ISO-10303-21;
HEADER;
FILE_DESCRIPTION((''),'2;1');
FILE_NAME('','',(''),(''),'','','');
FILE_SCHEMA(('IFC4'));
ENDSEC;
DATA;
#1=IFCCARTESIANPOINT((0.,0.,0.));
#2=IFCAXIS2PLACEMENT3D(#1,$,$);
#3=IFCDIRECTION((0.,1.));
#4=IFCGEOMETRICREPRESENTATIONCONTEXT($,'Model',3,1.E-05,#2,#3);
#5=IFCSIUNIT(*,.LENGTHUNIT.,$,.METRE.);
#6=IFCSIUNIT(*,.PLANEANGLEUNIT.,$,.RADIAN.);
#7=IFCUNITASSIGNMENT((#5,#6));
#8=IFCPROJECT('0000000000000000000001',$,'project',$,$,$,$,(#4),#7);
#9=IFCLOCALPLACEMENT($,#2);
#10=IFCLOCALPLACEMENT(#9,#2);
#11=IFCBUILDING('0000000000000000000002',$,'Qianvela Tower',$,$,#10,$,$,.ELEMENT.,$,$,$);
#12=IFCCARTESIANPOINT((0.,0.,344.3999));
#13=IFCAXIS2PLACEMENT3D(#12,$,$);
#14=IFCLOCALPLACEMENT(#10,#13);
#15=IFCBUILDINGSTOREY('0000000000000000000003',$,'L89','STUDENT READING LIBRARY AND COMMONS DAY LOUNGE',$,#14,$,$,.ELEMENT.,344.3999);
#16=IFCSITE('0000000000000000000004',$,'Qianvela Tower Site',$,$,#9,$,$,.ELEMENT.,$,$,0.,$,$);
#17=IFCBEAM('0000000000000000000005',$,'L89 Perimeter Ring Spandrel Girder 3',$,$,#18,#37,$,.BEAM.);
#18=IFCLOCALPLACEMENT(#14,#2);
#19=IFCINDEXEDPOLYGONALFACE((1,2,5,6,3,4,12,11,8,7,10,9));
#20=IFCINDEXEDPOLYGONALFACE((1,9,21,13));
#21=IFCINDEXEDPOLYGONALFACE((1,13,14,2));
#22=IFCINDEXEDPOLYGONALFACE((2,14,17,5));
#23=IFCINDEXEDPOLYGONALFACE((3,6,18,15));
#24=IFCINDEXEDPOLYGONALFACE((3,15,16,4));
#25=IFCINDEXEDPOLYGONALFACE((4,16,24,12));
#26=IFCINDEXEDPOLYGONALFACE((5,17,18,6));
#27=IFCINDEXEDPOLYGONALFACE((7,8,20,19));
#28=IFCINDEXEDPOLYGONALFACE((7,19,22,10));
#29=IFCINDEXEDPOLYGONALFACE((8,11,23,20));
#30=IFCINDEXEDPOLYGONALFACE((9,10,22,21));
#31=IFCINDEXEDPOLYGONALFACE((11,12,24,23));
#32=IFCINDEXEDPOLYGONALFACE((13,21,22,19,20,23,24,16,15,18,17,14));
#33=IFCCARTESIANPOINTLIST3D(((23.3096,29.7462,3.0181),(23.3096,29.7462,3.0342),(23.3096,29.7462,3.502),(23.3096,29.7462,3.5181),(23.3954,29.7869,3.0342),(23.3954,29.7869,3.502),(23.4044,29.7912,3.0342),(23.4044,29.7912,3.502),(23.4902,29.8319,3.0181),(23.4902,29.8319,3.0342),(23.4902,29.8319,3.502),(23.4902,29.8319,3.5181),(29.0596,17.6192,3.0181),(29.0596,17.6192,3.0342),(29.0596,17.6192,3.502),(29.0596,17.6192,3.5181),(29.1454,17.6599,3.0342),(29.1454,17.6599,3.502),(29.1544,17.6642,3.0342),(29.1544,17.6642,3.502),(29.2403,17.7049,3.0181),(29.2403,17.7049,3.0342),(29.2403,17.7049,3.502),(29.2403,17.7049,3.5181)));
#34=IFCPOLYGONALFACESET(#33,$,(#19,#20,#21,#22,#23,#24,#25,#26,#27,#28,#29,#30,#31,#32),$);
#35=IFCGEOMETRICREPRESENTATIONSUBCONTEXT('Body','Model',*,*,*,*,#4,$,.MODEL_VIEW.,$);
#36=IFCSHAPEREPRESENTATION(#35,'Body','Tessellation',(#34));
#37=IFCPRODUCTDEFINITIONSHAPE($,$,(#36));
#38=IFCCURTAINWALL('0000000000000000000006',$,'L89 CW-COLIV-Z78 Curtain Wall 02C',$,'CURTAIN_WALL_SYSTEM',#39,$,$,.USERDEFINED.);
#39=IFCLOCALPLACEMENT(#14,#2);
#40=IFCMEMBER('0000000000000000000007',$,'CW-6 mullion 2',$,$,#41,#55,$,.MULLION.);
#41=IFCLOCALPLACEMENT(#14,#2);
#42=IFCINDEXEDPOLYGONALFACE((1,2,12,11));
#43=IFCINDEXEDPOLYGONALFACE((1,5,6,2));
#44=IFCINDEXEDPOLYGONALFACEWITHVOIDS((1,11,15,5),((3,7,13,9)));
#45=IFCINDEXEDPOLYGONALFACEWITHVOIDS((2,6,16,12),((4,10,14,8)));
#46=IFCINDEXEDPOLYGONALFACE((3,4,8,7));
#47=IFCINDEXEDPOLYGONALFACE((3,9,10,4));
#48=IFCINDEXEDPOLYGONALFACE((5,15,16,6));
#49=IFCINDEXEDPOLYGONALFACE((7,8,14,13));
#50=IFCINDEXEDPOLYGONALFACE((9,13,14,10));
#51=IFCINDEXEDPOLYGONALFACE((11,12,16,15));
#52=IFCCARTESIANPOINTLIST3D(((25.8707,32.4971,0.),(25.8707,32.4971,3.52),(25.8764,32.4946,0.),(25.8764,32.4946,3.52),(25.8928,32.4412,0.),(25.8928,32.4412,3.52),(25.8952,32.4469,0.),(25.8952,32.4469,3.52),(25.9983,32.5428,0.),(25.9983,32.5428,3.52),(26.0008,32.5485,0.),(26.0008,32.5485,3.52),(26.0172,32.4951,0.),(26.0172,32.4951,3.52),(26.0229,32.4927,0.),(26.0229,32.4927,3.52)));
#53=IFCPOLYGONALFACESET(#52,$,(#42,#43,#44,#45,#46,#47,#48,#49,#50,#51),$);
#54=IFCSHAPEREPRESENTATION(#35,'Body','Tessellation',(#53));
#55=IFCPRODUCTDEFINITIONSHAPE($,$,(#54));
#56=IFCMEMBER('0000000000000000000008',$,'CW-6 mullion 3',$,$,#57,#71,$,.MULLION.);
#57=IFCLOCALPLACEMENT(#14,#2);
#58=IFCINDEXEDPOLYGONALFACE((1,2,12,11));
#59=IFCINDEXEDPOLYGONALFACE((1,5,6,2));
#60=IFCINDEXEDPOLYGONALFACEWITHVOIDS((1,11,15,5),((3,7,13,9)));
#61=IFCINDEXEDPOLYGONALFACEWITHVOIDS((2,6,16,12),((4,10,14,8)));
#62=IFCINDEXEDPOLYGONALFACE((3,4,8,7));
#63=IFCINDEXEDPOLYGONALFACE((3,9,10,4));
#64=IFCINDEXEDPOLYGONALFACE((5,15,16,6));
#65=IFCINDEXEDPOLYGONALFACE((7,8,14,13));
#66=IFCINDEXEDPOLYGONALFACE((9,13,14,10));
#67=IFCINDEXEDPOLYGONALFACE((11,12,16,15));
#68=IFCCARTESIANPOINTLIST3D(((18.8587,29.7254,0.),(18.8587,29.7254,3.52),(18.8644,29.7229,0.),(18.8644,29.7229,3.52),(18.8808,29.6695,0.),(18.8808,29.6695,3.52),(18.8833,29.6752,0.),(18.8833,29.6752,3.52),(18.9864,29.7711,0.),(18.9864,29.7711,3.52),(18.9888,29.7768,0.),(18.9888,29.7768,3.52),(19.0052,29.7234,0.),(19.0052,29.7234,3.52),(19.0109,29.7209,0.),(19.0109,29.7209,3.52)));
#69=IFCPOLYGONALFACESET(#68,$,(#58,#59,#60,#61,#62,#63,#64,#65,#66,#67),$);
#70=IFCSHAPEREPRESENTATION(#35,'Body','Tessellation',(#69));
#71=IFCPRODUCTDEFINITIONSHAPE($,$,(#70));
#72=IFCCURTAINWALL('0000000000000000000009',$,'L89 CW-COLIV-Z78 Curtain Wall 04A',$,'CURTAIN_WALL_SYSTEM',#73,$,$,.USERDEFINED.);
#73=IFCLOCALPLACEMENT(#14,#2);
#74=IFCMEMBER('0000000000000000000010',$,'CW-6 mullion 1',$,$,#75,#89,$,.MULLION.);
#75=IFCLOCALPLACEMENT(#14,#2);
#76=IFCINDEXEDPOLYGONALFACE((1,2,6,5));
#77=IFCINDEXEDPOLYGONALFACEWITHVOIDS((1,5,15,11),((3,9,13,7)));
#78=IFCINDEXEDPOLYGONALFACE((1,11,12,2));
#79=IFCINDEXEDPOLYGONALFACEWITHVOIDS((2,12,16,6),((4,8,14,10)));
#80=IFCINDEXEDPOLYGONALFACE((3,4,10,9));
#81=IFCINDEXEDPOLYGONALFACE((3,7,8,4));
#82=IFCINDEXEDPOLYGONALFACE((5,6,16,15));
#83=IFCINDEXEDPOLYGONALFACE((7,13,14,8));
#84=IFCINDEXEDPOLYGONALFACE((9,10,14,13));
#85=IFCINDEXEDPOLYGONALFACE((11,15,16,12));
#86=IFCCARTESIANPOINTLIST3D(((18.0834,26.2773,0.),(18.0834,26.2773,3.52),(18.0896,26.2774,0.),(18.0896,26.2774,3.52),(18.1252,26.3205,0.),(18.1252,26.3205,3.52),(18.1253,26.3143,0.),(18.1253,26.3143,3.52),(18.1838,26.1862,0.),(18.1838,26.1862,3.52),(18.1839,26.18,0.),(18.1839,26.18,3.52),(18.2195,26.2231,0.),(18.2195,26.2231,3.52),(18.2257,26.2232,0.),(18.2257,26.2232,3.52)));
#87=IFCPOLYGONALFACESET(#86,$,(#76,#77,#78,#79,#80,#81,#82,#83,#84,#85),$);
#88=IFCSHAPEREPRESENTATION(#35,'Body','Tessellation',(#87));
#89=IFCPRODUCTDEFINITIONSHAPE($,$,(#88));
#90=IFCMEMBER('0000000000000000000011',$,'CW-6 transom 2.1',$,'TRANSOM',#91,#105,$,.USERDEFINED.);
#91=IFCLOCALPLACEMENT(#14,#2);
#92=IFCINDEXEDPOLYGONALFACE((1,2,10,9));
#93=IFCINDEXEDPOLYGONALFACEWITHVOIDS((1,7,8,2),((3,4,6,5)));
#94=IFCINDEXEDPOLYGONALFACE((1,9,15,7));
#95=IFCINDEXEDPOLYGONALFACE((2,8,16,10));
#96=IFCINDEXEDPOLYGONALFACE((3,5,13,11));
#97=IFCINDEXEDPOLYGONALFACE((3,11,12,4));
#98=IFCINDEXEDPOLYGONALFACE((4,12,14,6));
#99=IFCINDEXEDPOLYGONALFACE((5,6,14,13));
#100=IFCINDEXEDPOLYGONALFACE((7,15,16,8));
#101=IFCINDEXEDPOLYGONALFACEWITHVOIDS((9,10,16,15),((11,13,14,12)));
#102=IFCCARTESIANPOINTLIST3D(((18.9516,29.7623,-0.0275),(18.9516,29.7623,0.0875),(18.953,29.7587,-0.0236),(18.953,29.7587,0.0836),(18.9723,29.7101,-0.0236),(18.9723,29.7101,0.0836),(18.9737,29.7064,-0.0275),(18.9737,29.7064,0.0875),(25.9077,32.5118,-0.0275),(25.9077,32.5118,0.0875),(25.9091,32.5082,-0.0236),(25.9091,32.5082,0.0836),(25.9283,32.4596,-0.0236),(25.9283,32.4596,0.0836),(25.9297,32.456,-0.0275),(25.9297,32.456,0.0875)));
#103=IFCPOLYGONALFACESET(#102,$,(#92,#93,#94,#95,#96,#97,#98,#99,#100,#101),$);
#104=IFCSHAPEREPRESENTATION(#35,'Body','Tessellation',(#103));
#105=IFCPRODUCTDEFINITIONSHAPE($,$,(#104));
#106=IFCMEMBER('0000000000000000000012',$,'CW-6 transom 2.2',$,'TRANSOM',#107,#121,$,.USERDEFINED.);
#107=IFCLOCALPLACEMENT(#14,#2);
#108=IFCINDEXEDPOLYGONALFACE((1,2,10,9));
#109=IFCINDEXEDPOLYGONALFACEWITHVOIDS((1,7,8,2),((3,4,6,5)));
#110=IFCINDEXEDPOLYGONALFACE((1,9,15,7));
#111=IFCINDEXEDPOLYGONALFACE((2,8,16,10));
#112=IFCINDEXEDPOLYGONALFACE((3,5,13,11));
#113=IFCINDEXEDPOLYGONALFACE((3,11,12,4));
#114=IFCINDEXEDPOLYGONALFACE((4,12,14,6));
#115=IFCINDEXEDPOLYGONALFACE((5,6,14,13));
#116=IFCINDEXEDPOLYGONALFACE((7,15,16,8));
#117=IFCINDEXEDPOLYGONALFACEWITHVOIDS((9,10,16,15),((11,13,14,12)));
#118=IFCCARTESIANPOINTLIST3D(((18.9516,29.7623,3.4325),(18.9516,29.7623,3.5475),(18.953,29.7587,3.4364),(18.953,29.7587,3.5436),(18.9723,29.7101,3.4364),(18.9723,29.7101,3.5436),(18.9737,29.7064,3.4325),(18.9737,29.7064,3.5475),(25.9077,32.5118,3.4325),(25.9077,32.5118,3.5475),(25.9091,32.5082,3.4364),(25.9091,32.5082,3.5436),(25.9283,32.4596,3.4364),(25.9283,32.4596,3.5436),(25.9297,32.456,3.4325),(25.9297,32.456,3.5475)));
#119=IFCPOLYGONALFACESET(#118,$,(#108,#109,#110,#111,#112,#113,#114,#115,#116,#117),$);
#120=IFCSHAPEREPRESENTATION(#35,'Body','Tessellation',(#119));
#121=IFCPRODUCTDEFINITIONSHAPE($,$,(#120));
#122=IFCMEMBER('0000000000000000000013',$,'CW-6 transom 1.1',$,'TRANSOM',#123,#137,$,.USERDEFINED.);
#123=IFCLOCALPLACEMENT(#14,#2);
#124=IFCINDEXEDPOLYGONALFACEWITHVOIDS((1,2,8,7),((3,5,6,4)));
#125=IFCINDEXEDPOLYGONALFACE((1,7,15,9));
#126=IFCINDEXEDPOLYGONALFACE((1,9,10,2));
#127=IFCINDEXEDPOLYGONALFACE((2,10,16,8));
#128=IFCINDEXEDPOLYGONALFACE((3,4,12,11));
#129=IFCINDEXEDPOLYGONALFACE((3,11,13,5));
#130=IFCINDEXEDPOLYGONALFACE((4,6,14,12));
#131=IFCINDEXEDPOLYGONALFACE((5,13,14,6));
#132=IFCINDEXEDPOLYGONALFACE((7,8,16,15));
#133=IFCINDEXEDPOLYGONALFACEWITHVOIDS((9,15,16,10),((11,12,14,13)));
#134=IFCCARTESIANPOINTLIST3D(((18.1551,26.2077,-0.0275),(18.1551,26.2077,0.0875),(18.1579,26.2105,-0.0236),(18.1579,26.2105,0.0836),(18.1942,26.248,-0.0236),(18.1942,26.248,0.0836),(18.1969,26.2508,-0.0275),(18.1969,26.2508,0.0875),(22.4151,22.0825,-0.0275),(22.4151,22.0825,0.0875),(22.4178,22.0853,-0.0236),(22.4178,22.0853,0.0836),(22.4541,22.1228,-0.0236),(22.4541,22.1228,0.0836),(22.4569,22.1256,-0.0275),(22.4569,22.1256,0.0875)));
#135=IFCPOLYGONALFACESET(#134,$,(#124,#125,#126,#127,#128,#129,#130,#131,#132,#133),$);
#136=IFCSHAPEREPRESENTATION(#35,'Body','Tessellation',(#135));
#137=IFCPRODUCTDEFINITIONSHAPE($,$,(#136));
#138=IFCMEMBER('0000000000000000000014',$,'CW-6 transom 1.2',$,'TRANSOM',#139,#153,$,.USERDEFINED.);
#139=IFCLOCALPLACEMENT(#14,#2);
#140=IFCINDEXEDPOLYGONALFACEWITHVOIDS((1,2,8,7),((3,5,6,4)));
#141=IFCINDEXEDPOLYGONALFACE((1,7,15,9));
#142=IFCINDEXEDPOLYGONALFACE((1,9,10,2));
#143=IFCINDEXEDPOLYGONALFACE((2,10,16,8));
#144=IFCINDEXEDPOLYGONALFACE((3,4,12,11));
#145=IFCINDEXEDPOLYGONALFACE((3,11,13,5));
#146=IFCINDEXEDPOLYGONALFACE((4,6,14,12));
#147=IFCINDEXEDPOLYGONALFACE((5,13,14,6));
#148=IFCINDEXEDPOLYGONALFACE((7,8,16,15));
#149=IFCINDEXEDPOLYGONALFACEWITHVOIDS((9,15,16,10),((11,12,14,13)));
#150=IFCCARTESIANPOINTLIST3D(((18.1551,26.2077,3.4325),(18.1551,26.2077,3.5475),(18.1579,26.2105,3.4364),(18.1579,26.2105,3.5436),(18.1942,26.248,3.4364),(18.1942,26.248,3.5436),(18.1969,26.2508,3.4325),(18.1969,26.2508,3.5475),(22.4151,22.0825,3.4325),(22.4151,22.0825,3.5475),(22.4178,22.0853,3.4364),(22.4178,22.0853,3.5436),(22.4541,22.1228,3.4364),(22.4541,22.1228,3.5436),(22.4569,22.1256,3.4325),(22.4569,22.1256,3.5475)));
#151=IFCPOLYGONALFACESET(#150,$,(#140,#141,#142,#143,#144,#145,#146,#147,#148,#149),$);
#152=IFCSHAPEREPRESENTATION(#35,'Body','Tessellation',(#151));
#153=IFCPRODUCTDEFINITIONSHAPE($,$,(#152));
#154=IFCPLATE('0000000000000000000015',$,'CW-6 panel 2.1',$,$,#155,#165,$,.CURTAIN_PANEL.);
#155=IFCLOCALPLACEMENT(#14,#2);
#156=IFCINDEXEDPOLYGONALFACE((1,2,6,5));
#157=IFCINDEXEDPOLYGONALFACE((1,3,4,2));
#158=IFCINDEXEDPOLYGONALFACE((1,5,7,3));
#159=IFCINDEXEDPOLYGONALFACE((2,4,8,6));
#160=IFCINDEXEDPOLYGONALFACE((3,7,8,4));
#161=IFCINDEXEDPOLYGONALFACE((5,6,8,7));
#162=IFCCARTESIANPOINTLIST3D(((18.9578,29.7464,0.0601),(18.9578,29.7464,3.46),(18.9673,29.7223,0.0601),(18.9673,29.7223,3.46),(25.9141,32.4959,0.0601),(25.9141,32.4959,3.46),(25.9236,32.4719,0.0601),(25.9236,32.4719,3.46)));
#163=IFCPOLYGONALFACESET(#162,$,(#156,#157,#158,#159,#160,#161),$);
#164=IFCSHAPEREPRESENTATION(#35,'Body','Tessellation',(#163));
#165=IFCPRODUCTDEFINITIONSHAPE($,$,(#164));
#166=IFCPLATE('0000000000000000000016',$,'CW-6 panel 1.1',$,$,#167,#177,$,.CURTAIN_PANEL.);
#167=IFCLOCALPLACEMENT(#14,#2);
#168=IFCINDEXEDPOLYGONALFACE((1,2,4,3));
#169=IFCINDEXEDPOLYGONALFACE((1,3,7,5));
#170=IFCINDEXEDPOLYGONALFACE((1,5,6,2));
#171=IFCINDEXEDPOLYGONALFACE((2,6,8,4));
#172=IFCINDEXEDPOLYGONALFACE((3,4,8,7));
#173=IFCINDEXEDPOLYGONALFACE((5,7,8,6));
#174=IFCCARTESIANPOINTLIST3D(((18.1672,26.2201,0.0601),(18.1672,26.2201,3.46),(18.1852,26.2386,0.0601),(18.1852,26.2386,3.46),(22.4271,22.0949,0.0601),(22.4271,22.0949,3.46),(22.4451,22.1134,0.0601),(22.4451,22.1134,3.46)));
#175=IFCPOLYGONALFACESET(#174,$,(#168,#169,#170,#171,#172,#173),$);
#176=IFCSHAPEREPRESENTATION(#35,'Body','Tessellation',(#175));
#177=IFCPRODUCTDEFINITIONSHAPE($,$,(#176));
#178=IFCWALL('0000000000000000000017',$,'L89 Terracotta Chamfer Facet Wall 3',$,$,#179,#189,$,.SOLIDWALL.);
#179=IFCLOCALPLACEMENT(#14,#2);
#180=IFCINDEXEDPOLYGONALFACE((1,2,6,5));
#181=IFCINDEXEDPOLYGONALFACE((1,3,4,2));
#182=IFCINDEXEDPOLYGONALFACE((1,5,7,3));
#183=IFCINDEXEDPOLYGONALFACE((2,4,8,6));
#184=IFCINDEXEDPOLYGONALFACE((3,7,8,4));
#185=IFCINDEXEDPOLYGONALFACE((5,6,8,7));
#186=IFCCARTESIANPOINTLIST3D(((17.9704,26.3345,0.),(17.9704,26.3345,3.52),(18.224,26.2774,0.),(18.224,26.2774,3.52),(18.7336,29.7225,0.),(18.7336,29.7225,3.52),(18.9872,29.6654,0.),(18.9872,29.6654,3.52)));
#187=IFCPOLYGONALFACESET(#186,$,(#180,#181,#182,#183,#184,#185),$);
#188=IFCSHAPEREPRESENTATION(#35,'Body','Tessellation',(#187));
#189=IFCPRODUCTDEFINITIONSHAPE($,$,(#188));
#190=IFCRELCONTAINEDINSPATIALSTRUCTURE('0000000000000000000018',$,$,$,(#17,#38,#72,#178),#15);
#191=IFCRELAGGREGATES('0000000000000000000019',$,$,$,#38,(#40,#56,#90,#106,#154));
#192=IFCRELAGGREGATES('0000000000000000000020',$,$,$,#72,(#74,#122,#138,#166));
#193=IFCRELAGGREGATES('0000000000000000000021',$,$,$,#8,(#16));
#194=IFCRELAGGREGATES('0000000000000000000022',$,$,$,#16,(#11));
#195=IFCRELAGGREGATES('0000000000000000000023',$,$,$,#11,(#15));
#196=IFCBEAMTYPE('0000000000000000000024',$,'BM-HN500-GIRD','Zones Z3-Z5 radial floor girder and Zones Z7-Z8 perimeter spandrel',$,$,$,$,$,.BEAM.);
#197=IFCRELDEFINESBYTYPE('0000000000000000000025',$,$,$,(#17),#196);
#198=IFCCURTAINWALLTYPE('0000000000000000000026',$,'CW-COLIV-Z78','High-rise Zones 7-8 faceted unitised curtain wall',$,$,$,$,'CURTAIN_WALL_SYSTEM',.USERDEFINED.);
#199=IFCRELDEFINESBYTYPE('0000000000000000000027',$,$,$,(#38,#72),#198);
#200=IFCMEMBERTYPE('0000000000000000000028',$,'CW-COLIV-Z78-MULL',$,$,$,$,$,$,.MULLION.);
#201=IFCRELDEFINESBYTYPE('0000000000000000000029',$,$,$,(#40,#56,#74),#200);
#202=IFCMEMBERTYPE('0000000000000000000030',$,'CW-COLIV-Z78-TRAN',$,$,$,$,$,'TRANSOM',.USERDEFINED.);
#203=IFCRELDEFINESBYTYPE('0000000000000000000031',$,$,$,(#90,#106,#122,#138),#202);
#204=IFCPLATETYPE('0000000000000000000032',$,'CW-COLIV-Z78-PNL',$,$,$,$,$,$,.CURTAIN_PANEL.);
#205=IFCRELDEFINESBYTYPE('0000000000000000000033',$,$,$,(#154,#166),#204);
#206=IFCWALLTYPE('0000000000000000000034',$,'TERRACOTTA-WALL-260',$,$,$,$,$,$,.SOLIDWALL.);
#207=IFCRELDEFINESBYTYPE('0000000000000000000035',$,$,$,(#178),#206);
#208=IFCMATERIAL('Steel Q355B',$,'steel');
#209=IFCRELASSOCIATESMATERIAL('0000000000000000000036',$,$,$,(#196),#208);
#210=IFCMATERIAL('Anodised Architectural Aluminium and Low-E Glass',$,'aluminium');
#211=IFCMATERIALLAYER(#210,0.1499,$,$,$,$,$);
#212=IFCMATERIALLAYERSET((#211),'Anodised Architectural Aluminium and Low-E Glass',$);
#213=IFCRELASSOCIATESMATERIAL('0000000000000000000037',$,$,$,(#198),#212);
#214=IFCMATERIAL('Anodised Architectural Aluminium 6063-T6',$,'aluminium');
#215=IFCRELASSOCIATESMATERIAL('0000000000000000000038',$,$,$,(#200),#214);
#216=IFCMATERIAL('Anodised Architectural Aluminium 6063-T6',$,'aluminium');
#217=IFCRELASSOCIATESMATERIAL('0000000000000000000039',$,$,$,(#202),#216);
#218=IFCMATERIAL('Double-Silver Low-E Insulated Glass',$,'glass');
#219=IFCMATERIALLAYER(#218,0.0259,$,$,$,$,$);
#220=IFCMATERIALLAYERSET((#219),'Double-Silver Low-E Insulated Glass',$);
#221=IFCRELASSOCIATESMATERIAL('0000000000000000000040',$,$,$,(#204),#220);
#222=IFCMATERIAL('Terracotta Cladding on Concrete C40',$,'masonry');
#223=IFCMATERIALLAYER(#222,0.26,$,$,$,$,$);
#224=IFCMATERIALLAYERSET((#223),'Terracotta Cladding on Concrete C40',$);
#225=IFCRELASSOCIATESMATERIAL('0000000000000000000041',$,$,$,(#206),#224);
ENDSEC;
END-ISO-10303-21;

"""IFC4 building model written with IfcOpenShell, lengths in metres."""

from ifc_helpers import new_model, si_unit, direction, frame, frame_2d, origin, origin_2d, place, context, subcontext, project, spatial, rectangle, hollow_rectangle, i_section, extrude, material, layer, layer_set, material_profile, profile_set, type_object, element, aggregate, save


model = new_model("IFC4")

# Units and contexts
model_context = context("Model", 3, precision=1e-05, world=origin(), true_north=direction((0.0, 1.0)))
body_context = subcontext(model_context, "Body", "Model", "MODEL_VIEW")
ifc_project = project(units=[si_unit("LENGTHUNIT", "METRE"), si_unit("PLANEANGLEUNIT", "RADIAN")], contexts=[model_context])

# Site, building, storey
site_placement = place(None, origin())
site = spatial("IfcSite", under=ifc_project, at=site_placement, Name="Qianvela Tower Site", CompositionType="ELEMENT", RefElevation=0.0)
building_placement = place(site_placement, origin())
building = spatial("IfcBuilding", under=site, at=building_placement, Name="Qianvela Tower", CompositionType="ELEMENT")
storey_placement = place(building_placement, frame((0.0, 0.0, 344.3999)))
storey = spatial("IfcBuildingStorey", under=building, at=storey_placement, Name="L89", Description="STUDENT READING LIBRARY AND COMMONS DAY LOUNGE", CompositionType="ELEMENT", Elevation=344.3999)

# Beam
ifc_material_1 = material(Name="Steel Q355B", Category="steel")
ifc_material_profile_1 = material_profile(ifc_material_1, i_section(OverallWidth=0.2, OverallDepth=0.5, WebThickness=0.01, FlangeThickness=0.0161, at=origin_2d()), Name="HN500x200x10x16")
ifc_profile_set_1 = profile_set([ifc_material_profile_1], Name="Steel Q355B")
beam_type_1 = type_object("IfcBeamType", Name="BM-HN500-GIRD", Description="Zones Z3-Z5 radial floor girder and Zones Z7-Z8 perimeter spandrel", PredefinedType="BEAM", material=ifc_profile_set_1)
beam_1_placement = place(storey_placement, frame((23.3999, 29.7891, 3.2681), z_axis=(0.42843, -0.903575, 0.0), x_axis=(0.903575, 0.42843, 0.0)))
element("IfcBeam", 1, at=beam_1_placement, inside=storey, type_object=beam_type_1, Name="L89 Perimeter Ring Spandrel Girder 3", PredefinedType="BEAM", context=body_context, shape_type="SweptSolid", body=[
    extrude(i_section(OverallWidth=0.2, OverallDepth=0.5, WebThickness=0.01, FlangeThickness=0.0161, at=origin_2d()), origin(), (0.0, 0.0, 1.0), 13.4211),
])

# Curtain wall, members
ifc_material_2 = material(Name="Anodised Architectural Aluminium and Low-E Glass", Category="aluminium")
ifc_layer_1 = layer(ifc_material_2, 0.1499)
ifc_layer_set_1 = layer_set([ifc_layer_1], Name="Anodised Architectural Aluminium and Low-E Glass")
curtain_wall_type = type_object("IfcCurtainWallType", Name="CW-COLIV-Z78", Description="High-rise Zones 7-8 faceted unitised curtain wall", ElementType="CURTAIN_WALL_SYSTEM", PredefinedType="USERDEFINED", material=ifc_layer_set_1)
curtain_wall_1_placement = place(storey_placement, origin())
curtain_wall_1 = element("IfcCurtainWall", 2, at=curtain_wall_1_placement, inside=storey, type_object=curtain_wall_type, Name="L89 CW-COLIV-Z78 Curtain Wall 02C", ObjectType="CURTAIN_WALL_SYSTEM", PredefinedType="USERDEFINED")
ifc_material_3 = material(Name="Anodised Architectural Aluminium 6063-T6", Category="aluminium")
ifc_material_profile_2 = material_profile(ifc_material_3, hollow_rectangle(XDim=0.0601, YDim=0.1399, WallThickness=0.0044, at=origin_2d()), Name="ALU-MULL-60x140")
ifc_profile_set_2 = profile_set([ifc_material_profile_2], Name="Anodised Architectural Aluminium 6063-T6")
member_type_1 = type_object("IfcMemberType", Name="CW-COLIV-Z78-MULL", PredefinedType="MULLION", material=ifc_profile_set_2)
member_1_placement = place(storey_placement, frame((25.9468, 32.4949, 0.0), z_axis=(0.0, 0.0, 1.0), x_axis=(0.367588, -0.929989, 0.0)))
member_1 = element("IfcMember", 3, at=member_1_placement, type_object=member_type_1, Name="CW-6 mullion 2", PredefinedType="MULLION", context=body_context, shape_type="SweptSolid", body=[
    extrude(hollow_rectangle(XDim=0.0601, YDim=0.1399, WallThickness=0.0044, at=origin_2d()), origin(), (0.0, 0.0, 1.0), 3.52),
])
member_2_placement = place(storey_placement, frame((18.9348, 29.7231, 0.0), z_axis=(0.0, 0.0, 1.0), x_axis=(0.367588, -0.929989, 0.0)))
member_2 = element("IfcMember", 4, at=member_2_placement, type_object=member_type_1, Name="CW-6 mullion 3", PredefinedType="MULLION", context=body_context, shape_type="SweptSolid", body=[
    extrude(hollow_rectangle(XDim=0.0601, YDim=0.1399, WallThickness=0.0044, at=origin_2d()), origin(), (0.0, 0.0, 1.0), 3.52),
])

# Curtain wall, member
curtain_wall_2_placement = place(storey_placement, origin())
curtain_wall_2 = element("IfcCurtainWall", 5, at=curtain_wall_2_placement, inside=storey, type_object=curtain_wall_type, Name="L89 CW-COLIV-Z78 Curtain Wall 04A", ObjectType="CURTAIN_WALL_SYSTEM", PredefinedType="USERDEFINED")
member_3_placement = place(storey_placement, frame((18.1545, 26.2502, 0.0), z_axis=(0.0, 0.0, 1.0), x_axis=(0.695658, 0.718374, 0.0)))
member_3 = element("IfcMember", 6, at=member_3_placement, type_object=member_type_1, Name="CW-6 mullion 1", PredefinedType="MULLION", context=body_context, shape_type="SweptSolid", body=[
    extrude(hollow_rectangle(XDim=0.0601, YDim=0.1399, WallThickness=0.0044, at=origin_2d()), origin(), (0.0, 0.0, 1.0), 3.52),
])

# Members
ifc_material_4 = material(Name="Anodised Architectural Aluminium 6063-T6", Category="aluminium")
ifc_material_profile_3 = material_profile(ifc_material_4, hollow_rectangle(XDim=0.0601, YDim=0.115, WallThickness=0.0039, at=origin_2d()), Name="ALU-TRAN-60x115")
ifc_profile_set_3 = profile_set([ifc_material_profile_3], Name="Anodised Architectural Aluminium 6063-T6")
member_type_2 = type_object("IfcMemberType", Name="CW-COLIV-Z78-TRAN", ElementType="TRANSOM", PredefinedType="USERDEFINED", material=ifc_profile_set_3)
member_4_placement = place(storey_placement, frame((25.9187, 32.4839, 0.03), z_axis=(-0.929986, -0.367595, 0.0), x_axis=(0.367595, -0.929986, 0.0)))
member_4 = element("IfcMember", 7, at=member_4_placement, type_object=member_type_2, Name="CW-6 transom 2.1", ObjectType="TRANSOM", PredefinedType="USERDEFINED", context=body_context, shape_type="SweptSolid", body=[
    extrude(hollow_rectangle(XDim=0.0601, YDim=0.115, WallThickness=0.0039, at=origin_2d()), origin(), (0.0, 0.0, 1.0), 7.4797),
])
member_5_placement = place(storey_placement, frame((25.9187, 32.4839, 3.49), z_axis=(-0.929986, -0.367595, 0.0), x_axis=(0.367595, -0.929986, 0.0)))
member_5 = element("IfcMember", 8, at=member_5_placement, type_object=member_type_2, Name="CW-6 transom 2.2", ObjectType="TRANSOM", PredefinedType="USERDEFINED", context=body_context, shape_type="SweptSolid", body=[
    extrude(hollow_rectangle(XDim=0.0601, YDim=0.115, WallThickness=0.0039, at=origin_2d()), origin(), (0.0, 0.0, 1.0), 7.4797),
])
member_6_placement = place(storey_placement, frame((18.176, 26.2292, 0.03), z_axis=(0.718378, -0.695653, 0.0), x_axis=(0.695653, 0.718378, 0.0)))
member_6 = element("IfcMember", 9, at=member_6_placement, type_object=member_type_2, Name="CW-6 transom 1.1", ObjectType="TRANSOM", PredefinedType="USERDEFINED", context=body_context, shape_type="SweptSolid", body=[
    extrude(hollow_rectangle(XDim=0.0601, YDim=0.115, WallThickness=0.0039, at=origin_2d()), origin(), (0.0, 0.0, 1.0), 5.9299),
])
member_7_placement = place(storey_placement, frame((18.176, 26.2292, 3.49), z_axis=(0.718378, -0.695653, 0.0), x_axis=(0.695653, 0.718378, 0.0)))
member_7 = element("IfcMember", 10, at=member_7_placement, type_object=member_type_2, Name="CW-6 transom 1.2", ObjectType="TRANSOM", PredefinedType="USERDEFINED", context=body_context, shape_type="SweptSolid", body=[
    extrude(hollow_rectangle(XDim=0.0601, YDim=0.115, WallThickness=0.0039, at=origin_2d()), origin(), (0.0, 0.0, 1.0), 5.9299),
])

# Plates
ifc_material_5 = material(Name="Double-Silver Low-E Insulated Glass", Category="glass")
ifc_layer_2 = layer(ifc_material_5, 0.0259)
ifc_layer_set_2 = layer_set([ifc_layer_2], Name="Double-Silver Low-E Insulated Glass")
plate_type = type_object("IfcPlateType", Name="CW-COLIV-Z78-PNL", PredefinedType="CURTAIN_PANEL", material=ifc_layer_set_2)
plate_1_placement = place(storey_placement, frame((22.4407, 31.1091, 0.0601), z_axis=(0.0, 0.0, 1.0), x_axis=(-0.929989, -0.367588, 0.0)))
plate_1 = element("IfcPlate", 11, at=plate_1_placement, type_object=plate_type, Name="CW-6 panel 2.1", PredefinedType="CURTAIN_PANEL", context=body_context, shape_type="SweptSolid", body=[
    extrude(rectangle(XDim=7.48, YDim=0.0259, at=origin_2d()), origin(), (0.0, 0.0, 1.0), 3.3999),
])
aggregate(curtain_wall_1, [member_1, member_2, member_4, member_5, plate_1])
plate_2_placement = place(storey_placement, frame((20.3062, 24.1667, 0.0601), z_axis=(0.0, 0.0, 1.0), x_axis=(0.718374, -0.695658, 0.0)))
plate_2 = element("IfcPlate", 12, at=plate_2_placement, type_object=plate_type, Name="CW-6 panel 1.1", PredefinedType="CURTAIN_PANEL", context=body_context, shape_type="SweptSolid", body=[
    extrude(rectangle(XDim=5.9299, YDim=0.0259, at=origin_2d()), origin(), (0.0, 0.0, 1.0), 3.3999),
])
aggregate(curtain_wall_2, [member_3, member_6, member_7, plate_2])

# Wall
ifc_material_6 = material(Name="Terracotta Cladding on Concrete C40", Category="masonry")
ifc_layer_3 = layer(ifc_material_6, 0.26)
ifc_layer_set_3 = layer_set([ifc_layer_3], Name="Terracotta Cladding on Concrete C40")
wall_type_1 = type_object("IfcWallType", Name="TERRACOTTA-WALL-260", PredefinedType="SOLIDWALL", material=ifc_layer_set_3)
wall_1_placement = place(storey_placement, frame((18.8604, 29.6938, 0.0), z_axis=(0.0, 0.0, 1.0), x_axis=(-0.219758, -0.975554, 0.0)))
element("IfcWall", 13, at=wall_1_placement, inside=storey, type_object=wall_type_1, Name="L89 Terracotta Chamfer Facet Wall 3", PredefinedType="SOLIDWALL", context=body_context, shape_type="SweptSolid", body=[
    extrude(rectangle(XDim=3.4729, YDim=0.26, at=frame_2d((1.7363, 0.0))), origin(), (0.0, 0.0, 1.0), 3.52),
])

save(model, "model.ifc")
